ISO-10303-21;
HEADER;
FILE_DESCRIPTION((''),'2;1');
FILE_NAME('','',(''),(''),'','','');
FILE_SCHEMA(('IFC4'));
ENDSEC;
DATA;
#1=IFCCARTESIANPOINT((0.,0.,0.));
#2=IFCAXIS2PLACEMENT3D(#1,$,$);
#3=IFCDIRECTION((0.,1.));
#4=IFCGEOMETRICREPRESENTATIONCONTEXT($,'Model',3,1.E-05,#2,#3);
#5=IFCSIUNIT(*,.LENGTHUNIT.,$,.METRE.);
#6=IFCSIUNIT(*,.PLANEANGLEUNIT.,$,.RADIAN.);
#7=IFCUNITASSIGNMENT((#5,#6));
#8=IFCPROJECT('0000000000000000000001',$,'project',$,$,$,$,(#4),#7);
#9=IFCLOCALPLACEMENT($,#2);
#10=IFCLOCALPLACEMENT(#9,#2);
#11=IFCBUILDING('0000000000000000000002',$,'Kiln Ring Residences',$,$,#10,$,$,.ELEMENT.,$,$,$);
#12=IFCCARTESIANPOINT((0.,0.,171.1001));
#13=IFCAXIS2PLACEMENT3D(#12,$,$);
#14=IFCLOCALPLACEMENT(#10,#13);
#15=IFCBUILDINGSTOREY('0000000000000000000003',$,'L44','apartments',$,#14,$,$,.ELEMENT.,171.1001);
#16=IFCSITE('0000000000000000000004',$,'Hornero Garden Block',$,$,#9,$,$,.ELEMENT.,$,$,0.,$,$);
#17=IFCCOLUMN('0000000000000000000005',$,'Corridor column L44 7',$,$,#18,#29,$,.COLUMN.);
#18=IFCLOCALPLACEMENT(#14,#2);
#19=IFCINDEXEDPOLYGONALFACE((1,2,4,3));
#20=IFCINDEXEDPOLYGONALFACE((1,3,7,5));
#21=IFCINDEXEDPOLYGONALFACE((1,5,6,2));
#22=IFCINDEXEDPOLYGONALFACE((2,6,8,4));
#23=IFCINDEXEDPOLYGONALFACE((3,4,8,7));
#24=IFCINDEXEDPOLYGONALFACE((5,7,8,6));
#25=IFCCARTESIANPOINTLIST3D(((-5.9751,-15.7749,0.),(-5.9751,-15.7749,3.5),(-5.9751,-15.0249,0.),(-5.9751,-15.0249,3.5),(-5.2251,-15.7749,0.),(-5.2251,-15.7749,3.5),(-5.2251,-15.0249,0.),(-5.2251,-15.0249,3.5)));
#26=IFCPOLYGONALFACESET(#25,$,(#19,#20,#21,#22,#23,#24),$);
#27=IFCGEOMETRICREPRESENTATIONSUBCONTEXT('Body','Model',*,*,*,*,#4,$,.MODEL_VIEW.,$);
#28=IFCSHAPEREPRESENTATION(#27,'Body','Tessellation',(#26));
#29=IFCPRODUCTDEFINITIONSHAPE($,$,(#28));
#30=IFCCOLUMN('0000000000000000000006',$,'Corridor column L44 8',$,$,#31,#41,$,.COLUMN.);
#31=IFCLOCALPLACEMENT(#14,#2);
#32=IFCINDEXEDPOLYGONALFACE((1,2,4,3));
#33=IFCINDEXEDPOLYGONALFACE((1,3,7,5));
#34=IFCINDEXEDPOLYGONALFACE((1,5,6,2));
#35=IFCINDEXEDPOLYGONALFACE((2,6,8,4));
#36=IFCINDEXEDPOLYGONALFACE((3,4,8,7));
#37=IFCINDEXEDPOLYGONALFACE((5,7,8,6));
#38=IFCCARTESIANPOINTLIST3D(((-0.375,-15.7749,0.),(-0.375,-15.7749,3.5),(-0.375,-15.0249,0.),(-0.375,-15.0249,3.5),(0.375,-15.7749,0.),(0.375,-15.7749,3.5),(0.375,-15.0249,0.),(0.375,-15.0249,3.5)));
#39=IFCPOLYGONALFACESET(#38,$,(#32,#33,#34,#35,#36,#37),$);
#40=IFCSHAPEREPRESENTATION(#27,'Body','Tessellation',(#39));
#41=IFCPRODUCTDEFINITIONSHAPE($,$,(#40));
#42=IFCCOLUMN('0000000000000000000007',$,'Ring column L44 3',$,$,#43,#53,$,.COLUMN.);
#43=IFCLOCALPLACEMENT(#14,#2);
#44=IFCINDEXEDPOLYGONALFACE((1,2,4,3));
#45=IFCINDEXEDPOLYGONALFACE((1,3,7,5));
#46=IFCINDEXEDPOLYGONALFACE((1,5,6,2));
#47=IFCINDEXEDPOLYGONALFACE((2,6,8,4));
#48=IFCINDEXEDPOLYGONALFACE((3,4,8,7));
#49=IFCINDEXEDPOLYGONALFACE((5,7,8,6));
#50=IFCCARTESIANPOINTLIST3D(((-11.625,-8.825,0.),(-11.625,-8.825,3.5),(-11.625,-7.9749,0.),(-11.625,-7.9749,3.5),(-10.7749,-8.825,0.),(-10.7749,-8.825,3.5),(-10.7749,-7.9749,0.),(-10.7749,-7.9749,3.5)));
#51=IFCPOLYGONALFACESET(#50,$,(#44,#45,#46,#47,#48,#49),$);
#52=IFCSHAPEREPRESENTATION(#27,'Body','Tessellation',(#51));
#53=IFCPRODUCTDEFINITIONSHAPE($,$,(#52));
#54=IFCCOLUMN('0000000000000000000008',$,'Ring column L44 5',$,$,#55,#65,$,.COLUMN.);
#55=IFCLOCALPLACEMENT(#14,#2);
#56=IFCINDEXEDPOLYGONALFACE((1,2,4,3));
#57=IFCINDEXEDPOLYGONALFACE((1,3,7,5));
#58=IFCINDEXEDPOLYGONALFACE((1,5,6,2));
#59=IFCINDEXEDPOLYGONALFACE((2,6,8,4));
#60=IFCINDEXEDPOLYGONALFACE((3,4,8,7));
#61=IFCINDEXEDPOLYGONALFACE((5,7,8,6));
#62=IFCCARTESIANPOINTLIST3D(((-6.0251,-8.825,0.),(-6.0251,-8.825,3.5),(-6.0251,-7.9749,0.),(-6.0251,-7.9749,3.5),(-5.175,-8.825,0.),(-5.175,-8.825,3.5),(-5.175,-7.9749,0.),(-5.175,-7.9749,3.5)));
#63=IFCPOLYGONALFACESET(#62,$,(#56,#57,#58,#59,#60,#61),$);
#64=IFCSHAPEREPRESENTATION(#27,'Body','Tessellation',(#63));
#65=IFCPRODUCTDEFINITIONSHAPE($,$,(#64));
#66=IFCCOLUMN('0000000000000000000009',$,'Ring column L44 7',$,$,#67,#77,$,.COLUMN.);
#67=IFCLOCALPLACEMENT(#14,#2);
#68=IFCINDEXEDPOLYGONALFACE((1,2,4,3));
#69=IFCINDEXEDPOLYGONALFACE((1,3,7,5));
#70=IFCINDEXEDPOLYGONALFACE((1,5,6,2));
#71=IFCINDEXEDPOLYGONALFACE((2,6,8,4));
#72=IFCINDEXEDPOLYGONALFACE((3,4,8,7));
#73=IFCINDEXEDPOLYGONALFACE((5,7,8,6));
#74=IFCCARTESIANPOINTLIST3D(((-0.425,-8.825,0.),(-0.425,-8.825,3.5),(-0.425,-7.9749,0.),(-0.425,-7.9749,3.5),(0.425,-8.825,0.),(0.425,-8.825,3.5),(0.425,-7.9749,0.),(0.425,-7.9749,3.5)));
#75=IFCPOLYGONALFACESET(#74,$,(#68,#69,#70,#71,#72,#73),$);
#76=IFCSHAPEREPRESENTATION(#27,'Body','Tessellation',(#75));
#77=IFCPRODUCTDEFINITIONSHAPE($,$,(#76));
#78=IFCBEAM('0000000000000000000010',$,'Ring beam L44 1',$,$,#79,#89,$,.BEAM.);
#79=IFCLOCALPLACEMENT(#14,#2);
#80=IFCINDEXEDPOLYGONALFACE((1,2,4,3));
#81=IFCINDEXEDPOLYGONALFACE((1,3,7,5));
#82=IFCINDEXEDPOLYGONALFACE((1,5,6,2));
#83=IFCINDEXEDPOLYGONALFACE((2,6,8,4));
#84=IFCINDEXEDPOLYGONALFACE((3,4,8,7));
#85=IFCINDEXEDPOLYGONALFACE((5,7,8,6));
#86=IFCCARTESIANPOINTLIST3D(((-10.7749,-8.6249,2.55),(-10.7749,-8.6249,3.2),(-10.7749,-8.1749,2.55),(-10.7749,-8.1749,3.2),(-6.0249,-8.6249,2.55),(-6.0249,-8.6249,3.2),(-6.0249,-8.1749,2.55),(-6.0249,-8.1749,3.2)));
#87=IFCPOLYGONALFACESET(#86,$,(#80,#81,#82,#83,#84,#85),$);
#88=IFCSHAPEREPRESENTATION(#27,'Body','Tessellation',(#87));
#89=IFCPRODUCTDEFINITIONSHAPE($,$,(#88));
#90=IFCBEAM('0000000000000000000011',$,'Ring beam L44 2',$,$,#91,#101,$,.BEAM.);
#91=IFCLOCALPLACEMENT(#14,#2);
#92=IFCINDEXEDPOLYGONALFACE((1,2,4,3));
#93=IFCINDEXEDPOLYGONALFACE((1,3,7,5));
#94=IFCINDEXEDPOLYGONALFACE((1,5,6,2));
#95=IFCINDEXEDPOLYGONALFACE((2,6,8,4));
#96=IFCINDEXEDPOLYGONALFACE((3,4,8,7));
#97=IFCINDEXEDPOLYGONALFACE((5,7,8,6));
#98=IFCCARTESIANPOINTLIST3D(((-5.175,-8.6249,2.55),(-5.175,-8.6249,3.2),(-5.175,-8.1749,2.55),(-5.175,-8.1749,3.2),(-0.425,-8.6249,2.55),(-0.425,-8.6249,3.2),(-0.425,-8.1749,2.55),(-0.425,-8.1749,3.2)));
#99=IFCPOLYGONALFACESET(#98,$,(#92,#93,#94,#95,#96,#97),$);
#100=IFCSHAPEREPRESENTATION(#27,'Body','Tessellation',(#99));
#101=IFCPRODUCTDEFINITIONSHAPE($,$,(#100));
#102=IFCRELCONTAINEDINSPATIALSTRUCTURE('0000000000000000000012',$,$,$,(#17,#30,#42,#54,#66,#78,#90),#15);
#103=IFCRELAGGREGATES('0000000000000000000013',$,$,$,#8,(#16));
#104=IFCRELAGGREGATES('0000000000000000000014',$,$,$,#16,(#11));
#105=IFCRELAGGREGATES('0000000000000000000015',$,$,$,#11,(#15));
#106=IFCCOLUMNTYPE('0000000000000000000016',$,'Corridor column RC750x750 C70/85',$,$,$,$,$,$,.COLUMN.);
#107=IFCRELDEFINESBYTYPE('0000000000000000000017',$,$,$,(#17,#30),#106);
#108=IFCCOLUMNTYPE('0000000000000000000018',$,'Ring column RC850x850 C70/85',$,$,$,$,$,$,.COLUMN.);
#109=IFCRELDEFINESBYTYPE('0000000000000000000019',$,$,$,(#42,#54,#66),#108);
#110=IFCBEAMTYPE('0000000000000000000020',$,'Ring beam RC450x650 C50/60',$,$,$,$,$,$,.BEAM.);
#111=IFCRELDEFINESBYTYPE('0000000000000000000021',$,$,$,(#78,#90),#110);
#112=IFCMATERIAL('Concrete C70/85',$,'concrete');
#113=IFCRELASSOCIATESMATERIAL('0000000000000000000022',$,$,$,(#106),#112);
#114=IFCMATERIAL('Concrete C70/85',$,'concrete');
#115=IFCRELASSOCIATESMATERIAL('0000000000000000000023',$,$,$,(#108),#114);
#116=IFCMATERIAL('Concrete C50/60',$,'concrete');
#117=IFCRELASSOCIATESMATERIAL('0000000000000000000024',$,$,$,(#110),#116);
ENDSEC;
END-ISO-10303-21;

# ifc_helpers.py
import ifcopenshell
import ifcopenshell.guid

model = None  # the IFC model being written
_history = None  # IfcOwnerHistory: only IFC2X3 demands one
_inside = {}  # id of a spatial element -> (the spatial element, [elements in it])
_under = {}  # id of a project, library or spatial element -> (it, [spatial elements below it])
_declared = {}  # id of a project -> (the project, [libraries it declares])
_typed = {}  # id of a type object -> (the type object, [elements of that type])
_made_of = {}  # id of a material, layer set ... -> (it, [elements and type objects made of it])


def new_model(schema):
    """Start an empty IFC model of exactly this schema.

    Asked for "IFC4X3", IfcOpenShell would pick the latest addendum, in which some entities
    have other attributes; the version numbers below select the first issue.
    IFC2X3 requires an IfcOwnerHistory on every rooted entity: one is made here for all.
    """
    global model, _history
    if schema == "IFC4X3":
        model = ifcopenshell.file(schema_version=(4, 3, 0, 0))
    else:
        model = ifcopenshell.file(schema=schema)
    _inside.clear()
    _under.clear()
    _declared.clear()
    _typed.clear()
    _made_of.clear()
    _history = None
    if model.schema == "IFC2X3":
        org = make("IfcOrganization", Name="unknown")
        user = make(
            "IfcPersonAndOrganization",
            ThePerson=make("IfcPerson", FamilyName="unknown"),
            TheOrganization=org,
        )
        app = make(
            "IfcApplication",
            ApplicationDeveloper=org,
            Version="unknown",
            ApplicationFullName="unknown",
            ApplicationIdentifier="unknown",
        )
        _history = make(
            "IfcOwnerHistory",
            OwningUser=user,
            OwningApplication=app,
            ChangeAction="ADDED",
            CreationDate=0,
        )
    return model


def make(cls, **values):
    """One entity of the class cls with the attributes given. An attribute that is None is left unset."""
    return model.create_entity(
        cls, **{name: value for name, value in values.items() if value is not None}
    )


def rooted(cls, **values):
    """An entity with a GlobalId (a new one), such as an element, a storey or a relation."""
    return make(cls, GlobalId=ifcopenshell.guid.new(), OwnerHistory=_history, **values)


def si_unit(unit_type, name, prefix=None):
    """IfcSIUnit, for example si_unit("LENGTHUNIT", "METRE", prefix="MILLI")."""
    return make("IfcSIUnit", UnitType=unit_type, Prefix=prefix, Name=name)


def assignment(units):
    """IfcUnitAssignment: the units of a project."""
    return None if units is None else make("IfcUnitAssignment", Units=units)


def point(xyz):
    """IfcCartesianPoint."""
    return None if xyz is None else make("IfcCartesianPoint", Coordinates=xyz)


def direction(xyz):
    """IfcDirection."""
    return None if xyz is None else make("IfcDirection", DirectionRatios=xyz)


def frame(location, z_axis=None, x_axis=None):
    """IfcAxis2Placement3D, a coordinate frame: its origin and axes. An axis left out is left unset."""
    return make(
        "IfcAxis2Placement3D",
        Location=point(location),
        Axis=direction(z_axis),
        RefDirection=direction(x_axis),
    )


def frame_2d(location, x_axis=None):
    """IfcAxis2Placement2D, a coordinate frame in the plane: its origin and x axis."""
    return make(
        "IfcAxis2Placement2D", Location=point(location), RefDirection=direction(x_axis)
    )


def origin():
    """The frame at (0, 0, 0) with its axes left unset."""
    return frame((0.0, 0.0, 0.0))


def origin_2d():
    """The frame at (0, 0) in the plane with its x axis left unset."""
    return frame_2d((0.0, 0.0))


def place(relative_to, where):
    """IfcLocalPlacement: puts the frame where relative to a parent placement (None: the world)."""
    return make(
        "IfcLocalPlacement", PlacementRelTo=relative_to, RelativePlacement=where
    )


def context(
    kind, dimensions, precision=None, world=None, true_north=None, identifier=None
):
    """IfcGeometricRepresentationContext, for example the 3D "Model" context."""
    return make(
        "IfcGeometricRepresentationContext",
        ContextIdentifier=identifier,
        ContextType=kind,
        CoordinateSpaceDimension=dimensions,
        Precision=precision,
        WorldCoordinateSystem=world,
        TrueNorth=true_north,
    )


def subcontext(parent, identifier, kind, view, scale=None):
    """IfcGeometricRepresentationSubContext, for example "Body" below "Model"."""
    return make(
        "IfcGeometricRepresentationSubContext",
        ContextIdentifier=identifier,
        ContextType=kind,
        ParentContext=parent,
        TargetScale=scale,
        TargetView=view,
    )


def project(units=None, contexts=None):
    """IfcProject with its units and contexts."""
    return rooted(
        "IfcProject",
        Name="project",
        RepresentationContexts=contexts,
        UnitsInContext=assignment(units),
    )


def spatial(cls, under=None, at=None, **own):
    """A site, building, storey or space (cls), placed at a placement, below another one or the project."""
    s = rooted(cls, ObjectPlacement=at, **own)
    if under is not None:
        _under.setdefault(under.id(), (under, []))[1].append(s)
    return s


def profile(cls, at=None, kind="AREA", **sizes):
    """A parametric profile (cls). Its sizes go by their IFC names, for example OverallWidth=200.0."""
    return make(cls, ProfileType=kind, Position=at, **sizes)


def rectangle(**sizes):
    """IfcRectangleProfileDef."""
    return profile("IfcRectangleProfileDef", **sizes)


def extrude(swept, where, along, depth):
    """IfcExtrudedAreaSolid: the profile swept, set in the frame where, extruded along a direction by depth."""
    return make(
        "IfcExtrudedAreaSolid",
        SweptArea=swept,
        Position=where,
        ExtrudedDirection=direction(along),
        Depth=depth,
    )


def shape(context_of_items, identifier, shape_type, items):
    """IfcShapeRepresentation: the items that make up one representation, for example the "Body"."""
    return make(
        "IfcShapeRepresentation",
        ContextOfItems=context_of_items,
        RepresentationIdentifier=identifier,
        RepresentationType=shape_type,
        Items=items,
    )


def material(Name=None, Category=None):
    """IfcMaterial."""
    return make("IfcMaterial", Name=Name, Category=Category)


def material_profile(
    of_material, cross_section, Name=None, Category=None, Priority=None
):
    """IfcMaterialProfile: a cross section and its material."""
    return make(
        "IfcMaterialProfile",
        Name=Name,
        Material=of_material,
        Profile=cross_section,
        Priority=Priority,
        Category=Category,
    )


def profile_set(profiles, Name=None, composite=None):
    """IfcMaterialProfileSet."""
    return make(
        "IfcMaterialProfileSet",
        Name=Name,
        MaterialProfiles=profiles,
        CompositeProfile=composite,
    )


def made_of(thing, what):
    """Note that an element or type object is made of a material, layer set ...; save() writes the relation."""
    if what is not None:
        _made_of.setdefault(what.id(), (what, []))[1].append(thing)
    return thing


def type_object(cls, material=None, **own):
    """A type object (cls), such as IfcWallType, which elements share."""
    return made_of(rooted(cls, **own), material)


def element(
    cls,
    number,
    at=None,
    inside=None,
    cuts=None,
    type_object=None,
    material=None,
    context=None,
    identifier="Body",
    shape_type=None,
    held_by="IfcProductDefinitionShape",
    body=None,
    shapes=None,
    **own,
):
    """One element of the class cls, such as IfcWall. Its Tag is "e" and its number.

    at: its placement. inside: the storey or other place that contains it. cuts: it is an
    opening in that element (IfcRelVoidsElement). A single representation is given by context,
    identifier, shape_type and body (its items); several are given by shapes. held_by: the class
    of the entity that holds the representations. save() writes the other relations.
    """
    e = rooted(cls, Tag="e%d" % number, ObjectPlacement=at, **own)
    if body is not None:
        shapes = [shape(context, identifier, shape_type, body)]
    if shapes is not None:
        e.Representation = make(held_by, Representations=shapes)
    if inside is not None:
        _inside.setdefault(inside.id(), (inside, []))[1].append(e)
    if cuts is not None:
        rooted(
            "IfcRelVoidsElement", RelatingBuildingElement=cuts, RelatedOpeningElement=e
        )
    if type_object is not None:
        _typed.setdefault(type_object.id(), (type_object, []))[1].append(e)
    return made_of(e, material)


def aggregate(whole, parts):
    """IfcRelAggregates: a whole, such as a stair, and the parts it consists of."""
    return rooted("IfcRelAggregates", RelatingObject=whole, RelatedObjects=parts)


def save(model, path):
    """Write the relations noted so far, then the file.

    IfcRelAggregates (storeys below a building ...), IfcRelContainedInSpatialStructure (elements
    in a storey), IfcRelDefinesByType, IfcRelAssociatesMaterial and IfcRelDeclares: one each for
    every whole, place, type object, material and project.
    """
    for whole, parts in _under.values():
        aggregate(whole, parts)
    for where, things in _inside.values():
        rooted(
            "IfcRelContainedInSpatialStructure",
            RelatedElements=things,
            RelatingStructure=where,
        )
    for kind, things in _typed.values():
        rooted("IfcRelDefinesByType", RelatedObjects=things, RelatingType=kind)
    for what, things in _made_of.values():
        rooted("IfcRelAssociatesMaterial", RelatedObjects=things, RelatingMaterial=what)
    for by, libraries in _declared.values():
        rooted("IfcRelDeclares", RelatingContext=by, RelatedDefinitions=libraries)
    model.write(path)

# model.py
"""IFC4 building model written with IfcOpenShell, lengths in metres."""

from ifc_helpers import new_model, si_unit, direction, frame, origin, origin_2d, place, context, subcontext, project, spatial, rectangle, extrude, material, material_profile, profile_set, type_object, element, save


model = new_model("IFC4")

# Units and contexts
model_context = context("Model", 3, precision=1e-05, world=origin(), true_north=direction((0.0, 1.0)))
body_context = subcontext(model_context, "Body", "Model", "MODEL_VIEW")
ifc_project = project(units=[si_unit("LENGTHUNIT", "METRE"), si_unit("PLANEANGLEUNIT", "RADIAN")], contexts=[model_context])

# Site, building, storey
site_placement = place(None, origin())
site = spatial("IfcSite", under=ifc_project, at=site_placement, Name="Hornero Garden Block", CompositionType="ELEMENT", RefElevation=0.0)
building_placement = place(site_placement, origin())
building = spatial("IfcBuilding", under=site, at=building_placement, Name="Kiln Ring Residences", CompositionType="ELEMENT")
storey_placement = place(building_placement, frame((0.0, 0.0, 171.1001)))
storey = spatial("IfcBuildingStorey", under=building, at=storey_placement, Name="L44", Description="apartments", CompositionType="ELEMENT", Elevation=171.1001)

# Columns
ifc_material_1 = material(Name="Concrete C70/85", Category="concrete")
ifc_material_profile_1 = material_profile(ifc_material_1, rectangle(XDim=0.75, YDim=0.75, at=origin_2d()), Name="RC750x750")
ifc_profile_set_1 = profile_set([ifc_material_profile_1], Name="Concrete C70/85")
column_type_1 = type_object("IfcColumnType", Name="Corridor column RC750x750 C70/85", PredefinedType="COLUMN", material=ifc_profile_set_1)
for number, where, z_axis, x_axis, name in (
    (1, (-5.6001, -15.3999, 0.0), (0.0, 0.0, 1.0), (1.0, 0.0, 0.0), "Corridor column L44 7"),
    (2, (0.0, -15.3999, 0.0), (0.0, 0.0, 1.0), (1.0, 0.0, 0.0), "Corridor column L44 8"),
):
    element("IfcColumn", number, at=place(storey_placement, frame(where, z_axis=z_axis, x_axis=x_axis)), inside=storey, type_object=column_type_1, Name=name, PredefinedType="COLUMN", context=body_context, shape_type="SweptSolid", body=[
        extrude(rectangle(XDim=0.75, YDim=0.75, at=origin_2d()), origin(), (0.0, 0.0, 1.0), 3.5),
    ])
ifc_material_2 = material(Name="Concrete C70/85", Category="concrete")
ifc_material_profile_2 = material_profile(ifc_material_2, rectangle(XDim=0.8501, YDim=0.8501, at=origin_2d()), Name="RC850x850")
ifc_profile_set_2 = profile_set([ifc_material_profile_2], Name="Concrete C70/85")
column_type_2 = type_object("IfcColumnType", Name="Ring column RC850x850 C70/85", PredefinedType="COLUMN", material=ifc_profile_set_2)
for number, where, z_axis, x_axis, name in (
    (3, (-11.2, -8.3999, 0.0), (0.0, 0.0, 1.0), (1.0, 0.0, 0.0), "Ring column L44 3"),
    (4, (-5.6001, -8.3999, 0.0), (0.0, 0.0, 1.0), (1.0, 0.0, 0.0), "Ring column L44 5"),
    (5, (0.0, -8.3999, 0.0), (0.0, 0.0, 1.0), (1.0, 0.0, 0.0), "Ring column L44 7"),
):
    element("IfcColumn", number, at=place(storey_placement, frame(where, z_axis=z_axis, x_axis=x_axis)), inside=storey, type_object=column_type_2, Name=name, PredefinedType="COLUMN", context=body_context, shape_type="SweptSolid", body=[
        extrude(rectangle(XDim=0.8501, YDim=0.8501, at=origin_2d()), origin(), (0.0, 0.0, 1.0), 3.5),
    ])

# Beams
ifc_material_3 = material(Name="Concrete C50/60", Category="concrete")
ifc_material_profile_3 = material_profile(ifc_material_3, rectangle(XDim=0.45, YDim=0.6499, at=origin_2d()), Name="RC450x650")
ifc_profile_set_3 = profile_set([ifc_material_profile_3], Name="Concrete C50/60")
beam_type = type_object("IfcBeamType", Name="Ring beam RC450x650 C50/60", PredefinedType="BEAM", material=ifc_profile_set_3)
for number, where, z_axis, x_axis, name in (
    (6, (-10.7749, -8.3999, 2.875), (1.0, 0.0, 0.0), (0.0, 1.0, 0.0), "Ring beam L44 1"),
    (7, (-5.175, -8.3999, 2.875), (1.0, 0.0, 0.0), (0.0, 1.0, 0.0), "Ring beam L44 2"),
):
    element("IfcBeam", number, at=place(storey_placement, frame(where, z_axis=z_axis, x_axis=x_axis)), inside=storey, type_object=beam_type, Name=name, PredefinedType="BEAM", context=body_context, shape_type="SweptSolid", body=[
        extrude(rectangle(XDim=0.45, YDim=0.6499, at=origin_2d()), origin(), (0.0, 0.0, 1.0), 4.75),
    ])

save(model, "model.ifc")
